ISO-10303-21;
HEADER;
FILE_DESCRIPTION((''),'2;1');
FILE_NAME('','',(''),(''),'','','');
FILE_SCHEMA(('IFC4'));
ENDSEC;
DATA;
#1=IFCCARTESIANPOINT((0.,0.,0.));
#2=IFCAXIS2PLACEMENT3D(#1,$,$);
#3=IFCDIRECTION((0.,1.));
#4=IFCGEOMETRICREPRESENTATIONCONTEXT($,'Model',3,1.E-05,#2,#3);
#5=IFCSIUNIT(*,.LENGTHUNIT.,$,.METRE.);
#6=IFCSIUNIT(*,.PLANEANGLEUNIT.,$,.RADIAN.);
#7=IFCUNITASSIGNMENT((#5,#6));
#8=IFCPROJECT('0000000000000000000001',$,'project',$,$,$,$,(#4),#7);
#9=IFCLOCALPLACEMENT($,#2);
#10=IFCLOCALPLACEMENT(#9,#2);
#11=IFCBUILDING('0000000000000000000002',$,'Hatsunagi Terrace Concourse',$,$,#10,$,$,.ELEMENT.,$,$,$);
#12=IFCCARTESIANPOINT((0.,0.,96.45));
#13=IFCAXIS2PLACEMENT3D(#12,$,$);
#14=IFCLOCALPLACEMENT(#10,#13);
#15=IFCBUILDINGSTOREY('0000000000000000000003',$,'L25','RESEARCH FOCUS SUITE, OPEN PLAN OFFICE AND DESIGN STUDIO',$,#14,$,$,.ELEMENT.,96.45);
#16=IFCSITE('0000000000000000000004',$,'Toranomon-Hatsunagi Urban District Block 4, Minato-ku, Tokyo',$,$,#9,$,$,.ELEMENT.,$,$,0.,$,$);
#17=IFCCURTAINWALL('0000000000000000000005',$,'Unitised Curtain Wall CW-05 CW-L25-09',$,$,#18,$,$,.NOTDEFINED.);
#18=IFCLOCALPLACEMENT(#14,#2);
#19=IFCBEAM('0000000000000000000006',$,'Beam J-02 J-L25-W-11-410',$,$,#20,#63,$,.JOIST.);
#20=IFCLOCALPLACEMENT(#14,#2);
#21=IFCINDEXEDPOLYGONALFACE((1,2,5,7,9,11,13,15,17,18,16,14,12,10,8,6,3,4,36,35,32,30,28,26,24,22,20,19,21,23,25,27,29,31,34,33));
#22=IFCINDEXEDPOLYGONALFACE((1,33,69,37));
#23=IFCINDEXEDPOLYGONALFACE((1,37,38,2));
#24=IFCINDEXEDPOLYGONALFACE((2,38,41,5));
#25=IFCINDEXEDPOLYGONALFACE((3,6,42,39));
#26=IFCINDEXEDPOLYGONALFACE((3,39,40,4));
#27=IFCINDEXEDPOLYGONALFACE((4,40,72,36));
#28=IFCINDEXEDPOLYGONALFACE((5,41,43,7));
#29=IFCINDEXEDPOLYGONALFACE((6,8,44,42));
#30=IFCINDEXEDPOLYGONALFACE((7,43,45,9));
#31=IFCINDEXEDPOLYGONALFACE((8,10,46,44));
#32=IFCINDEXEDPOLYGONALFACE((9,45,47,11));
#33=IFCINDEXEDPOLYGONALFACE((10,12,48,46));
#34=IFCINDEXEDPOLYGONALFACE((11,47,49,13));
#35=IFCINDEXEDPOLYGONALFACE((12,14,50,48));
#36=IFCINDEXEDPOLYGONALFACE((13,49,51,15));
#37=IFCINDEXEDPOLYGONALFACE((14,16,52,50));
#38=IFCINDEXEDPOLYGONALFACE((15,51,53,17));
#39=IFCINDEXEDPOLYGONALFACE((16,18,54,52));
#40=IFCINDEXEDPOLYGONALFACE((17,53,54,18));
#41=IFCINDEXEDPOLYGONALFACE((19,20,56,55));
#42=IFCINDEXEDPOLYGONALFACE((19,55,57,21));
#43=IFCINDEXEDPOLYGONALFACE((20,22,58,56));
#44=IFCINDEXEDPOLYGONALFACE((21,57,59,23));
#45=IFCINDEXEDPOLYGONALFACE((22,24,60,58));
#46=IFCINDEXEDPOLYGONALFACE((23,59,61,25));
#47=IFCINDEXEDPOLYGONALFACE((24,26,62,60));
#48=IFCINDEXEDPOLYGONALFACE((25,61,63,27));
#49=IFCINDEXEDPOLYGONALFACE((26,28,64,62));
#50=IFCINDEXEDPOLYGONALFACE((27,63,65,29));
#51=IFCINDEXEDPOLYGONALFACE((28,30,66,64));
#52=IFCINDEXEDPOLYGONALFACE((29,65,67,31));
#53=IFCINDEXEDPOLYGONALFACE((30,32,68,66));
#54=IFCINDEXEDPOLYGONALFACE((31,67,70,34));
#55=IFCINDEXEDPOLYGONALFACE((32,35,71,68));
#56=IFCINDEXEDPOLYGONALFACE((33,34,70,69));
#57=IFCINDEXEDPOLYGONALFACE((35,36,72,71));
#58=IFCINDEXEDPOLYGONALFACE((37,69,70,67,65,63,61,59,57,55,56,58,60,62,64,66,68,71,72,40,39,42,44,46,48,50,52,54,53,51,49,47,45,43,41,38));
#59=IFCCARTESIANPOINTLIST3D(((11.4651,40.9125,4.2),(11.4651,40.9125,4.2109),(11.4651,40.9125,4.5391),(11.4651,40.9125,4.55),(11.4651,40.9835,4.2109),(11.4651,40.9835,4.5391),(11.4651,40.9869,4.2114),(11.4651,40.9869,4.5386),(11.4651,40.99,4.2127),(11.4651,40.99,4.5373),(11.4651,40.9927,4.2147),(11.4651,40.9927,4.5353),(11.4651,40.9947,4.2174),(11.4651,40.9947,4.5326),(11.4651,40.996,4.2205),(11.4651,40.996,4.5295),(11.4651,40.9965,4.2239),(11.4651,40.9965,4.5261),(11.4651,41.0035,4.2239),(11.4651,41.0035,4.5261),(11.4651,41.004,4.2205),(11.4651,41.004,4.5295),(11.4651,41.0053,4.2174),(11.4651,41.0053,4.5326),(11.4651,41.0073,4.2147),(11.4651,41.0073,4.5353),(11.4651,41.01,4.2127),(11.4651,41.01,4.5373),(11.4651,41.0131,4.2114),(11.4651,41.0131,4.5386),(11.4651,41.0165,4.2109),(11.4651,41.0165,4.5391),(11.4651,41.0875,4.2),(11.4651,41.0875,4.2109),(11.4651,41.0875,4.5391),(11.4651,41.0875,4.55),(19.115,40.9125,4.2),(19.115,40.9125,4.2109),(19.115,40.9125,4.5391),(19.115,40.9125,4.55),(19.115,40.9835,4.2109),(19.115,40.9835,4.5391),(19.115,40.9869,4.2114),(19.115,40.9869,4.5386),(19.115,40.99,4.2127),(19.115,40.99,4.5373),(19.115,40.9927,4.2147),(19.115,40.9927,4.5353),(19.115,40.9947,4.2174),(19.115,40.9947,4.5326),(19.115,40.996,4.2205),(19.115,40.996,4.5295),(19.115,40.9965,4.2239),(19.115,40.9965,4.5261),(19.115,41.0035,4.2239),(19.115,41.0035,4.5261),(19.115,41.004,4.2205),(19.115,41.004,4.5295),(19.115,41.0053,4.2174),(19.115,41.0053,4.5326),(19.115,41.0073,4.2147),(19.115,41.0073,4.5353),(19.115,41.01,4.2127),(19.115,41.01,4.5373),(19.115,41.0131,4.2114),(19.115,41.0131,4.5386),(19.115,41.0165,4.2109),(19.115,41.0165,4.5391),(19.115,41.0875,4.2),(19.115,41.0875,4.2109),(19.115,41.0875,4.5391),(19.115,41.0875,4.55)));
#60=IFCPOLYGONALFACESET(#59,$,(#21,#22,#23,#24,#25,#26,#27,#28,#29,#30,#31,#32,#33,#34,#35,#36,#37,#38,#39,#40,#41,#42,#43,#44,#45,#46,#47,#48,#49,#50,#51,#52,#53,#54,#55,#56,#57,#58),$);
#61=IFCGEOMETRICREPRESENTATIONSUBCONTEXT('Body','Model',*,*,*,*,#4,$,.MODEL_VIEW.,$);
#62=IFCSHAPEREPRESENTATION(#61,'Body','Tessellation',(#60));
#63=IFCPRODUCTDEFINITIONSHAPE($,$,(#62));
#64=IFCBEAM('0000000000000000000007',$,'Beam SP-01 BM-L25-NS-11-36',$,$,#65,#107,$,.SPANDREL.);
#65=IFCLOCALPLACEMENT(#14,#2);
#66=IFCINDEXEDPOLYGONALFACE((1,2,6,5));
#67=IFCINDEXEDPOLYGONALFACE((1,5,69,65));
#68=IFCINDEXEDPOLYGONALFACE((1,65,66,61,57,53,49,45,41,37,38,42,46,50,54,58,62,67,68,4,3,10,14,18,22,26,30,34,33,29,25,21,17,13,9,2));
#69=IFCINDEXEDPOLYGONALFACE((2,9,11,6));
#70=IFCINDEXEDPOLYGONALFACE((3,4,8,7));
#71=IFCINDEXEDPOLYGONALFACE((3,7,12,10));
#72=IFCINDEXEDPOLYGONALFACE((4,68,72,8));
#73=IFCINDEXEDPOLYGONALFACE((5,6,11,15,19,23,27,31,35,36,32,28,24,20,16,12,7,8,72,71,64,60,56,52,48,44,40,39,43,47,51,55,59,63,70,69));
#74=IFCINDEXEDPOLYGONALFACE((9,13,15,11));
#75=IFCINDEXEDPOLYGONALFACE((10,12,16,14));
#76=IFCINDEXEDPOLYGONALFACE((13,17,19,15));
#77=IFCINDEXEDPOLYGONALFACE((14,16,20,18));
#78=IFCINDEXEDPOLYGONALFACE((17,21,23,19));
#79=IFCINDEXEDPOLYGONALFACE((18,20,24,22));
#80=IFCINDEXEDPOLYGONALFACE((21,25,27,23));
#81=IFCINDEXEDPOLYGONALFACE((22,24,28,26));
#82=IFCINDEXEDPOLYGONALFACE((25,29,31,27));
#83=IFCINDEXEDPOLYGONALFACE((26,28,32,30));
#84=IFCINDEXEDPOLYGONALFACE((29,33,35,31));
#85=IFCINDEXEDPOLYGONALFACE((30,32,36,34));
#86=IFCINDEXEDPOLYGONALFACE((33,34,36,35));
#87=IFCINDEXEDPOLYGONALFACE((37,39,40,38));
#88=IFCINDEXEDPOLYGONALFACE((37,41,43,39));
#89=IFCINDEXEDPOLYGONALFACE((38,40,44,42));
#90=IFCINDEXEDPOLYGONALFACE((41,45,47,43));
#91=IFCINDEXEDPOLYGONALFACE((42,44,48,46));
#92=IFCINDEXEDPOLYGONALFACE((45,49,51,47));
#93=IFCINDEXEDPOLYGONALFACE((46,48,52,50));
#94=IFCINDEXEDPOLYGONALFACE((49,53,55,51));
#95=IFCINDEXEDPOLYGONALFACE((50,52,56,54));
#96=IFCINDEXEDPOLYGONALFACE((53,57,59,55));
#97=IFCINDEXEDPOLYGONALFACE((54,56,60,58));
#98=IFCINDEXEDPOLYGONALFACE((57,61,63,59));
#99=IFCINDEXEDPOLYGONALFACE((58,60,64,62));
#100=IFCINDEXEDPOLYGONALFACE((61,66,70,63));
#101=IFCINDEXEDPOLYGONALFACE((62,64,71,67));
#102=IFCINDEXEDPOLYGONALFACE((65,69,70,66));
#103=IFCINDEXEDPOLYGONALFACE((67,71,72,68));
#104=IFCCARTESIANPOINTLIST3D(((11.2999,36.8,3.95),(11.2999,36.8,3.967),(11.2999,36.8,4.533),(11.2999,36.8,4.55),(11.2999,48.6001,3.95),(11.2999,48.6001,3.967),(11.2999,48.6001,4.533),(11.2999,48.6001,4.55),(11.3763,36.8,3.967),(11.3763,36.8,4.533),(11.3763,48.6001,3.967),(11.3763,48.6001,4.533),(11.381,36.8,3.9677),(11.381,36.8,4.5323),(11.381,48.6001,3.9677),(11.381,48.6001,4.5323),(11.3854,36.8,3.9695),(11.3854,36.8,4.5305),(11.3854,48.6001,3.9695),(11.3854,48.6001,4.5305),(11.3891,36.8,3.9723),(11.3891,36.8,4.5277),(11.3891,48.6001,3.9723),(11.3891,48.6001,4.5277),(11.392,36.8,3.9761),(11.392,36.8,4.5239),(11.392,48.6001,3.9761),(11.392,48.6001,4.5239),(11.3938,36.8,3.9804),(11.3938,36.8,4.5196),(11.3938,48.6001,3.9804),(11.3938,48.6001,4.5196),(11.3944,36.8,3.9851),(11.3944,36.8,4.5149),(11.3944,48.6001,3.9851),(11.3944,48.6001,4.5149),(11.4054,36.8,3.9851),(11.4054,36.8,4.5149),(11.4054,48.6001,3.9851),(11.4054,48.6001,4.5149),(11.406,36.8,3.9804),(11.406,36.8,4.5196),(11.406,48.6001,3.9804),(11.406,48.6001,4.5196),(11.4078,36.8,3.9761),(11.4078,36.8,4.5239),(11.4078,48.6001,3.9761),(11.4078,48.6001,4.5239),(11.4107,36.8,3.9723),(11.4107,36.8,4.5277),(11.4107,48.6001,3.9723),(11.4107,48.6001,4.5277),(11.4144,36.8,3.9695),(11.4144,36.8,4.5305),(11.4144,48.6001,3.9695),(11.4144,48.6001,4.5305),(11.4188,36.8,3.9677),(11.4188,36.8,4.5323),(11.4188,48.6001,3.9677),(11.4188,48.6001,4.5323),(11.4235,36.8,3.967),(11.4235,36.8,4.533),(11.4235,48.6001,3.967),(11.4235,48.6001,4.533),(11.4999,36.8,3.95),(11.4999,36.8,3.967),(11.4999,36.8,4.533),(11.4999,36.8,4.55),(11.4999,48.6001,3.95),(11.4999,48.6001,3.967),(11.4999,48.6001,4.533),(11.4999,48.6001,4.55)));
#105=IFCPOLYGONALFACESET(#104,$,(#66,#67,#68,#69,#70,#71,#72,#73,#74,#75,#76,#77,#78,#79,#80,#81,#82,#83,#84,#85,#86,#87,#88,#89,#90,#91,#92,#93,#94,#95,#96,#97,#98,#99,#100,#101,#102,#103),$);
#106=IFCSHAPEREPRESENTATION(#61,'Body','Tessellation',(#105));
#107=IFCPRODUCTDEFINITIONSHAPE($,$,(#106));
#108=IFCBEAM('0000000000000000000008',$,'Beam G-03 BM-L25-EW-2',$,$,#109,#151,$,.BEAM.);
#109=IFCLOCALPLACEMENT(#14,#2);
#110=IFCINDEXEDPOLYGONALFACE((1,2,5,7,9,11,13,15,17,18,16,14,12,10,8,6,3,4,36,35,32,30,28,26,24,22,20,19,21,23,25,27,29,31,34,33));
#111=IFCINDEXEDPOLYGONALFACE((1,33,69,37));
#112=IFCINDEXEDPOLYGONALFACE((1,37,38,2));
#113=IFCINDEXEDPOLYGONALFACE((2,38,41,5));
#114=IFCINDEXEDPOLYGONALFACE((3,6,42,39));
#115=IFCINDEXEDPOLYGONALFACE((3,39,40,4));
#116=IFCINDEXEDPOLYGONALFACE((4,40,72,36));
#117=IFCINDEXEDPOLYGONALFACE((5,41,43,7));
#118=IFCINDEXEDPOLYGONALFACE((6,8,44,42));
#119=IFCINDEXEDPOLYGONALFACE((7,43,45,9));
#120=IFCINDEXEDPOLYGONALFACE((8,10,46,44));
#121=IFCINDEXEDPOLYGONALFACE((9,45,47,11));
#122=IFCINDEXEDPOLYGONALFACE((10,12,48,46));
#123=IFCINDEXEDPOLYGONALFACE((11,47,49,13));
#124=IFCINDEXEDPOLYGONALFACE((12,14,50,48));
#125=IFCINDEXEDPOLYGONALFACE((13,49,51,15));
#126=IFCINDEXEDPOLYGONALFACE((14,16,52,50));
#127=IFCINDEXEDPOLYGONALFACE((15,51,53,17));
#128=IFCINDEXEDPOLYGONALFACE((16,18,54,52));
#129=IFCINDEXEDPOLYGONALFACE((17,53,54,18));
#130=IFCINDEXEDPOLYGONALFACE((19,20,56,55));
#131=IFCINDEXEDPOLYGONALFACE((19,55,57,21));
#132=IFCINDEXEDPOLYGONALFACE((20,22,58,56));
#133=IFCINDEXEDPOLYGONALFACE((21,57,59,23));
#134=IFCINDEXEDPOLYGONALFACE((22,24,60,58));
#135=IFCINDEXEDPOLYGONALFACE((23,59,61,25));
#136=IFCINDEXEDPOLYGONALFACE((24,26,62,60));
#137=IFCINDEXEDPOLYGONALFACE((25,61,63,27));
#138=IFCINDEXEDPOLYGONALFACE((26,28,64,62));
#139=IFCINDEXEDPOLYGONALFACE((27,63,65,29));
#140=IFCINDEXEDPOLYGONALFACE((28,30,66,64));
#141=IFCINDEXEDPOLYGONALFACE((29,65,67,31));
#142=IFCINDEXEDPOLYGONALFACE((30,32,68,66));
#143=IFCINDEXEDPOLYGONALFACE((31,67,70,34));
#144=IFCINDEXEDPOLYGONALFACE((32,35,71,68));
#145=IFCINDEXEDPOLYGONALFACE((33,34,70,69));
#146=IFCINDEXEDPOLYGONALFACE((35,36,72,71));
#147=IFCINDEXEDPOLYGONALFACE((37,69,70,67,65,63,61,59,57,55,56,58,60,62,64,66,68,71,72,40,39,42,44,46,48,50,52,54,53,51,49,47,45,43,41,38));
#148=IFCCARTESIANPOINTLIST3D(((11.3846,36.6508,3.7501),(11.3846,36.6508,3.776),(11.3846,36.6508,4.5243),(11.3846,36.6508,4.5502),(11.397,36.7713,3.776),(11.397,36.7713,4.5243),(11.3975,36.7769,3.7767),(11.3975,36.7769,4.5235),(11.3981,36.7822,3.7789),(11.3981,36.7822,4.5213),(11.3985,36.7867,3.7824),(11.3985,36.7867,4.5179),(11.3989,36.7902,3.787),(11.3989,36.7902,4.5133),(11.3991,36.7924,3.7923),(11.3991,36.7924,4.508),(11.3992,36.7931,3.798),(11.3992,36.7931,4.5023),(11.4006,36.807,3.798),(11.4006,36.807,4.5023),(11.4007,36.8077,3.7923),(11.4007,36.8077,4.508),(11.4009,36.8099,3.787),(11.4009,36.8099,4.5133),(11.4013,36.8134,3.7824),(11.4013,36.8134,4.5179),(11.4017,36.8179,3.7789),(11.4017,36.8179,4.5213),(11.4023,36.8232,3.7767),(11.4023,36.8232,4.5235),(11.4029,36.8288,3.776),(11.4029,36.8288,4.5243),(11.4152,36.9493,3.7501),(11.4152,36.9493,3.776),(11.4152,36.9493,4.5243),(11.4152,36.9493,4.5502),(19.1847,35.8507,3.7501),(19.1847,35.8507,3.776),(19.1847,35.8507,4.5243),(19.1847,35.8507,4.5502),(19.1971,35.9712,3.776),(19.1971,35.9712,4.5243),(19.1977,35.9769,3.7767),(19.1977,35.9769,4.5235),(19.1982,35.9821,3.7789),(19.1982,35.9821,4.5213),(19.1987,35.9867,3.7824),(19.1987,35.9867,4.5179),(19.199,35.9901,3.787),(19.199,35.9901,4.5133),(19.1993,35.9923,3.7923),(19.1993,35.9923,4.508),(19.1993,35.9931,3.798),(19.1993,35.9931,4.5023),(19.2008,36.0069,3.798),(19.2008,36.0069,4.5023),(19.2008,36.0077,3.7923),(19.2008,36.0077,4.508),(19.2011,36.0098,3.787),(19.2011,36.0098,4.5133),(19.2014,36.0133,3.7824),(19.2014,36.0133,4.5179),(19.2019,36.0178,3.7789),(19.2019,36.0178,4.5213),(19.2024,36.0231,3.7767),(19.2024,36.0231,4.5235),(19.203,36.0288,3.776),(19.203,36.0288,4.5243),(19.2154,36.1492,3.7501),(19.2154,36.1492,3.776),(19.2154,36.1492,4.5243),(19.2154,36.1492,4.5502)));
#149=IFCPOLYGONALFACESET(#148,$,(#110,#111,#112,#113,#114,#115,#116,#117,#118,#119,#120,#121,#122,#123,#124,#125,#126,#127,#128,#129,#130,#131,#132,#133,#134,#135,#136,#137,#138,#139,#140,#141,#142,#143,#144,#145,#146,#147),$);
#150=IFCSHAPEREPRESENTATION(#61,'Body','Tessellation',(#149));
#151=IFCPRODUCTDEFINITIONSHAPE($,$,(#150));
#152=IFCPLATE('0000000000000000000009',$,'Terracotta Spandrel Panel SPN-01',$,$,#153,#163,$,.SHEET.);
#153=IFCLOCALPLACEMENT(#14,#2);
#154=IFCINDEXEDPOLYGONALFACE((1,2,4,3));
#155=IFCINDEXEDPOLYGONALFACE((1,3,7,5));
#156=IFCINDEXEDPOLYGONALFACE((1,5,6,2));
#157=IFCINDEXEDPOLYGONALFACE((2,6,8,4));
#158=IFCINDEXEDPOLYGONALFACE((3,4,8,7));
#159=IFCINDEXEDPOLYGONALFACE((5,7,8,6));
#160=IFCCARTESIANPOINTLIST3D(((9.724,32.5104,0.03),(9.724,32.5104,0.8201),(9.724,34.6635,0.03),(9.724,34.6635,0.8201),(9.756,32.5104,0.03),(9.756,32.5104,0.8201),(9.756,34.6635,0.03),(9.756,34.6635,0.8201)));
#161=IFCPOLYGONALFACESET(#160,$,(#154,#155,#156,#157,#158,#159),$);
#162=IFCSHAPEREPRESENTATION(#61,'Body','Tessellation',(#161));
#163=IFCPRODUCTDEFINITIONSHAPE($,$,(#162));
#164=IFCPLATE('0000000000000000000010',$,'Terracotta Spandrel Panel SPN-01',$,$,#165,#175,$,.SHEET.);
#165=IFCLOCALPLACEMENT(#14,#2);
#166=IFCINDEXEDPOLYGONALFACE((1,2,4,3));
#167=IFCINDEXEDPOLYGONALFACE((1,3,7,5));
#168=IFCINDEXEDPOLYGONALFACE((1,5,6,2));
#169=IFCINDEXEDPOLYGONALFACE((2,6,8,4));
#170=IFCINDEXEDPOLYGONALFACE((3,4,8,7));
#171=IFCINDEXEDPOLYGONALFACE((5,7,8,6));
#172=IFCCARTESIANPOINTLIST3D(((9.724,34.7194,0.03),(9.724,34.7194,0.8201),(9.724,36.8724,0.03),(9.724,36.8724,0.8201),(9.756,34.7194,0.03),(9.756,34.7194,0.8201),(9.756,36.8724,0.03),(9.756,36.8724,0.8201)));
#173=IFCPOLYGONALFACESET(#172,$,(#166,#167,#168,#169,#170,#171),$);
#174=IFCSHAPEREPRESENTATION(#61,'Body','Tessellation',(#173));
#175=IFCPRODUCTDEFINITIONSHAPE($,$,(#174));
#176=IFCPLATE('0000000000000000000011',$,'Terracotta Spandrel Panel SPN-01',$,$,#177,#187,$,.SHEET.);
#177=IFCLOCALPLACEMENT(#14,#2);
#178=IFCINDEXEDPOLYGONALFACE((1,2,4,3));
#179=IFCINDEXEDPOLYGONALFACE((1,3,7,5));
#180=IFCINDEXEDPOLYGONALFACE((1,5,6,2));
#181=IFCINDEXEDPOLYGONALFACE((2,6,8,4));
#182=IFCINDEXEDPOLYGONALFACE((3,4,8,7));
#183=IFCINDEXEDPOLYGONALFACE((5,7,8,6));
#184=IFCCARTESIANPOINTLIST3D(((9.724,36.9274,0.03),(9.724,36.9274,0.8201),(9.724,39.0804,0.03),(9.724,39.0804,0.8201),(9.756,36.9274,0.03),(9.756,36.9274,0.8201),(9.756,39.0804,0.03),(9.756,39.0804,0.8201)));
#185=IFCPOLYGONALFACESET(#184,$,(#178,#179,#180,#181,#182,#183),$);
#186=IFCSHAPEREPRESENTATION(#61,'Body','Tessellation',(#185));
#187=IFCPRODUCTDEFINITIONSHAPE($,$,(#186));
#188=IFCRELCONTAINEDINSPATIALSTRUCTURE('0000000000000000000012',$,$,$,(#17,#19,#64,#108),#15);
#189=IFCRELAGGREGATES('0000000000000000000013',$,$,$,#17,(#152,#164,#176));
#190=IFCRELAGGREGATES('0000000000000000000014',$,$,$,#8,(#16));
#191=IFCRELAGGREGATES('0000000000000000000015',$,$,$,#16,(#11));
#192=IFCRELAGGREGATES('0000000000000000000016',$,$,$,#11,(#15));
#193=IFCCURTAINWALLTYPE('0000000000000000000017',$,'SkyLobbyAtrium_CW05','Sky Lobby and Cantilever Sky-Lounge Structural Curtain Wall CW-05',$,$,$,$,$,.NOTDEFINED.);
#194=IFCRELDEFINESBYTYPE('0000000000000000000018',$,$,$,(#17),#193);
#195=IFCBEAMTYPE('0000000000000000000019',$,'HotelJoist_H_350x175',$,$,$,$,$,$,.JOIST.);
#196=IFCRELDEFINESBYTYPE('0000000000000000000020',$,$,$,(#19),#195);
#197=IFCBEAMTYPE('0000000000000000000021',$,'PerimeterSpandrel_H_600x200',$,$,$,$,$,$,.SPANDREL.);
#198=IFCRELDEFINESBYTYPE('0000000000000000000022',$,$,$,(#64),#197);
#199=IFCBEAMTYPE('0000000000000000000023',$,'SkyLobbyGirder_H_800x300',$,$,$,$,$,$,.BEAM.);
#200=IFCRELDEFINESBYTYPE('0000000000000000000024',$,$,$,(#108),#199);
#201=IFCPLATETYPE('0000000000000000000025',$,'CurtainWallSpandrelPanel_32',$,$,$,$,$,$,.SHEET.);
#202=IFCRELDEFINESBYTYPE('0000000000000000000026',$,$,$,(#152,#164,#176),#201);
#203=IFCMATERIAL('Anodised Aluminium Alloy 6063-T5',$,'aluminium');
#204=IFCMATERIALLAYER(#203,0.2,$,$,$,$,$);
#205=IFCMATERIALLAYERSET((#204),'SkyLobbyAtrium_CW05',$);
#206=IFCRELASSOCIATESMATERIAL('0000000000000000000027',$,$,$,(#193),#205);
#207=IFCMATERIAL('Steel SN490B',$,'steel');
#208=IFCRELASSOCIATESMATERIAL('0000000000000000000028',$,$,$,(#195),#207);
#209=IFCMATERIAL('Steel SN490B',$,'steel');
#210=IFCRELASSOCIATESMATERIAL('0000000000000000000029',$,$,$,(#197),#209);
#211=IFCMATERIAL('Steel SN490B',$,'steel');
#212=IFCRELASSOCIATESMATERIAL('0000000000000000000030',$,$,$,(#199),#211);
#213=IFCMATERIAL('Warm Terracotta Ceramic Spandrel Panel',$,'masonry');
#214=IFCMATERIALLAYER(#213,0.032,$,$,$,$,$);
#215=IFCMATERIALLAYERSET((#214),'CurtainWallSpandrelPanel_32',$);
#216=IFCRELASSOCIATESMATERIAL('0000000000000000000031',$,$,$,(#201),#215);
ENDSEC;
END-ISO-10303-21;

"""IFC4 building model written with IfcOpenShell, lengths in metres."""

from ifc_helpers import new_model, si_unit, direction, frame, origin, origin_2d, place, context, subcontext, project, spatial, rectangle, i_section, extrude, material, layer, layer_set, material_profile, profile_set, type_object, element, aggregate, save


model = new_model("IFC4")

# Units and contexts
model_context = context("Model", 3, precision=1e-05, world=origin(), true_north=direction((0.0, 1.0)))
body_context = subcontext(model_context, "Body", "Model", "MODEL_VIEW")
ifc_project = project(units=[si_unit("LENGTHUNIT", "METRE"), si_unit("PLANEANGLEUNIT", "RADIAN")], contexts=[model_context])

# Site, building, storey
site_placement = place(None, origin())
site = spatial("IfcSite", under=ifc_project, at=site_placement, Name="Toranomon-Hatsunagi Urban District Block 4, Minato-ku, Tokyo", CompositionType="ELEMENT", RefElevation=0.0)
building_placement = place(site_placement, origin())
building = spatial("IfcBuilding", under=site, at=building_placement, Name="Hatsunagi Terrace Concourse", CompositionType="ELEMENT")
storey_placement = place(building_placement, frame((0.0, 0.0, 96.45)))
storey = spatial("IfcBuildingStorey", under=building, at=storey_placement, Name="L25", Description="RESEARCH FOCUS SUITE, OPEN PLAN OFFICE AND DESIGN STUDIO", CompositionType="ELEMENT", Elevation=96.45)

# Curtain wall
ifc_material_1 = material(Name="Anodised Aluminium Alloy 6063-T5", Category="aluminium")
ifc_layer_1 = layer(ifc_material_1, 0.2)
ifc_layer_set_1 = layer_set([ifc_layer_1], Name="SkyLobbyAtrium_CW05")
curtain_wall_type = type_object("IfcCurtainWallType", Name="SkyLobbyAtrium_CW05", Description="Sky Lobby and Cantilever Sky-Lounge Structural Curtain Wall CW-05", PredefinedType="NOTDEFINED", material=ifc_layer_set_1)
curtain_wall_placement = place(storey_placement, origin())
curtain_wall = element("IfcCurtainWall", 1, at=curtain_wall_placement, inside=storey, type_object=curtain_wall_type, Name="Unitised Curtain Wall CW-05 CW-L25-09", PredefinedType="NOTDEFINED")

# Beams
ifc_material_2 = material(Name="Steel SN490B", Category="steel")
ifc_material_profile_1 = material_profile(ifc_material_2, i_section(OverallWidth=0.175, OverallDepth=0.3501, WebThickness=0.0071, FlangeThickness=0.011, FilletRadius=0.0129, at=origin_2d()), Name="H-350x175x7x11")
ifc_profile_set_1 = profile_set([ifc_material_profile_1], Name="Steel SN490B")
beam_type_1 = type_object("IfcBeamType", Name="HotelJoist_H_350x175", PredefinedType="JOIST", material=ifc_profile_set_1)
for number, where, z_axis, x_axis, name in (
    (2, (11.4651, 41.0, 4.375), (1.0, 0.0, 0.0), (0.0, 1.0, 0.0), "Beam J-02 J-L25-W-11-410"),
):
    element("IfcBeam", number, at=place(storey_placement, frame(where, z_axis=z_axis, x_axis=x_axis)), inside=storey, type_object=beam_type_1, Name=name, PredefinedType="JOIST", context=body_context, shape_type="SweptSolid", body=[
        extrude(i_section(OverallWidth=0.175, OverallDepth=0.3501, WebThickness=0.0071, FlangeThickness=0.011, FilletRadius=0.0129, at=origin_2d()), origin(), (0.0, 0.0, 1.0), 7.6499),
    ])
ifc_material_3 = material(Name="Steel SN490B", Category="steel")
ifc_material_profile_2 = material_profile(ifc_material_3, i_section(OverallWidth=0.2, OverallDepth=0.6001, WebThickness=0.011, FlangeThickness=0.0171, FilletRadius=0.0181, at=origin_2d()), Name="H-600x200x11x17")
ifc_profile_set_2 = profile_set([ifc_material_profile_2], Name="Steel SN490B")
beam_type_2 = type_object("IfcBeamType", Name="PerimeterSpandrel_H_600x200", PredefinedType="SPANDREL", material=ifc_profile_set_2)
beam_1_placement = place(storey_placement, frame((11.3999, 36.8, 4.25), z_axis=(0.0, 1.0, 0.0), x_axis=(-1.0, 0.0, 0.0)))
element("IfcBeam", 3, at=beam_1_placement, inside=storey, type_object=beam_type_2, Name="Beam SP-01 BM-L25-NS-11-36", PredefinedType="SPANDREL", context=body_context, shape_type="SweptSolid", body=[
    extrude(i_section(OverallWidth=0.2, OverallDepth=0.6001, WebThickness=0.011, FlangeThickness=0.0171, FilletRadius=0.0181, at=origin_2d()), origin(), (0.0, 0.0, 1.0), 11.8),
])
ifc_material_4 = material(Name="Steel SN490B", Category="steel")
ifc_material_profile_3 = material_profile(ifc_material_4, i_section(OverallWidth=0.3, OverallDepth=0.8, WebThickness=0.0139, FlangeThickness=0.0259, FilletRadius=0.022, at=origin_2d()), Name="H-800x300x14x26")
ifc_profile_set_3 = profile_set([ifc_material_profile_3], Name="Steel SN490B")
beam_type_3 = type_object("IfcBeamType", Name="SkyLobbyGirder_H_800x300", PredefinedType="BEAM", material=ifc_profile_set_3)
beam_2_placement = place(storey_placement, frame((11.3999, 36.8, 4.1501), z_axis=(0.994781, -0.102034, 0.0), x_axis=(0.102034, 0.994781, 0.0)))
element("IfcBeam", 4, at=beam_2_placement, inside=storey, type_object=beam_type_3, Name="Beam G-03 BM-L25-EW-2", PredefinedType="BEAM", context=body_context, shape_type="SweptSolid", body=[
    extrude(i_section(OverallWidth=0.3, OverallDepth=0.8, WebThickness=0.0139, FlangeThickness=0.0259, FilletRadius=0.022, at=origin_2d()), origin(), (0.0, 0.0, 1.0), 7.8411),
])

# Plates
ifc_material_5 = material(Name="Warm Terracotta Ceramic Spandrel Panel", Category="masonry")
ifc_layer_2 = layer(ifc_material_5, 0.032)
ifc_layer_set_2 = layer_set([ifc_layer_2], Name="CurtainWallSpandrelPanel_32")
plate_type_1 = type_object("IfcPlateType", Name="CurtainWallSpandrelPanel_32", PredefinedType="SHEET", material=ifc_layer_set_2)
plate_1_placement = place(storey_placement, frame((9.74, 33.5869, 0.03), z_axis=(0.0, 0.0, 1.0), x_axis=(0.0, 1.0, 0.0)))
plate_1 = element("IfcPlate", 5, at=plate_1_placement, type_object=plate_type_1, Name="Terracotta Spandrel Panel SPN-01", PredefinedType="SHEET", context=body_context, shape_type="SweptSolid", body=[
    extrude(rectangle(XDim=2.1531, YDim=0.032, at=origin_2d()), origin(), (0.0, 0.0, 1.0), 0.79),
])
plate_2_placement = place(storey_placement, frame((9.74, 35.7959, 0.03), z_axis=(0.0, 0.0, 1.0), x_axis=(0.0, 1.0, 0.0)))
plate_2 = element("IfcPlate", 6, at=plate_2_placement, type_object=plate_type_1, Name="Terracotta Spandrel Panel SPN-01", PredefinedType="SHEET", context=body_context, shape_type="SweptSolid", body=[
    extrude(rectangle(XDim=2.1531, YDim=0.032, at=origin_2d()), origin(), (0.0, 0.0, 1.0), 0.79),
])
plate_3_placement = place(storey_placement, frame((9.74, 38.0039, 0.03), z_axis=(0.0, 0.0, 1.0), x_axis=(0.0, 1.0, 0.0)))
plate_3 = element("IfcPlate", 7, at=plate_3_placement, type_object=plate_type_1, Name="Terracotta Spandrel Panel SPN-01", PredefinedType="SHEET", context=body_context, shape_type="SweptSolid", body=[
    extrude(rectangle(XDim=2.1531, YDim=0.032, at=origin_2d()), origin(), (0.0, 0.0, 1.0), 0.79),
])
aggregate(curtain_wall, [plate_1, plate_2, plate_3])

save(model, "model.ifc")
